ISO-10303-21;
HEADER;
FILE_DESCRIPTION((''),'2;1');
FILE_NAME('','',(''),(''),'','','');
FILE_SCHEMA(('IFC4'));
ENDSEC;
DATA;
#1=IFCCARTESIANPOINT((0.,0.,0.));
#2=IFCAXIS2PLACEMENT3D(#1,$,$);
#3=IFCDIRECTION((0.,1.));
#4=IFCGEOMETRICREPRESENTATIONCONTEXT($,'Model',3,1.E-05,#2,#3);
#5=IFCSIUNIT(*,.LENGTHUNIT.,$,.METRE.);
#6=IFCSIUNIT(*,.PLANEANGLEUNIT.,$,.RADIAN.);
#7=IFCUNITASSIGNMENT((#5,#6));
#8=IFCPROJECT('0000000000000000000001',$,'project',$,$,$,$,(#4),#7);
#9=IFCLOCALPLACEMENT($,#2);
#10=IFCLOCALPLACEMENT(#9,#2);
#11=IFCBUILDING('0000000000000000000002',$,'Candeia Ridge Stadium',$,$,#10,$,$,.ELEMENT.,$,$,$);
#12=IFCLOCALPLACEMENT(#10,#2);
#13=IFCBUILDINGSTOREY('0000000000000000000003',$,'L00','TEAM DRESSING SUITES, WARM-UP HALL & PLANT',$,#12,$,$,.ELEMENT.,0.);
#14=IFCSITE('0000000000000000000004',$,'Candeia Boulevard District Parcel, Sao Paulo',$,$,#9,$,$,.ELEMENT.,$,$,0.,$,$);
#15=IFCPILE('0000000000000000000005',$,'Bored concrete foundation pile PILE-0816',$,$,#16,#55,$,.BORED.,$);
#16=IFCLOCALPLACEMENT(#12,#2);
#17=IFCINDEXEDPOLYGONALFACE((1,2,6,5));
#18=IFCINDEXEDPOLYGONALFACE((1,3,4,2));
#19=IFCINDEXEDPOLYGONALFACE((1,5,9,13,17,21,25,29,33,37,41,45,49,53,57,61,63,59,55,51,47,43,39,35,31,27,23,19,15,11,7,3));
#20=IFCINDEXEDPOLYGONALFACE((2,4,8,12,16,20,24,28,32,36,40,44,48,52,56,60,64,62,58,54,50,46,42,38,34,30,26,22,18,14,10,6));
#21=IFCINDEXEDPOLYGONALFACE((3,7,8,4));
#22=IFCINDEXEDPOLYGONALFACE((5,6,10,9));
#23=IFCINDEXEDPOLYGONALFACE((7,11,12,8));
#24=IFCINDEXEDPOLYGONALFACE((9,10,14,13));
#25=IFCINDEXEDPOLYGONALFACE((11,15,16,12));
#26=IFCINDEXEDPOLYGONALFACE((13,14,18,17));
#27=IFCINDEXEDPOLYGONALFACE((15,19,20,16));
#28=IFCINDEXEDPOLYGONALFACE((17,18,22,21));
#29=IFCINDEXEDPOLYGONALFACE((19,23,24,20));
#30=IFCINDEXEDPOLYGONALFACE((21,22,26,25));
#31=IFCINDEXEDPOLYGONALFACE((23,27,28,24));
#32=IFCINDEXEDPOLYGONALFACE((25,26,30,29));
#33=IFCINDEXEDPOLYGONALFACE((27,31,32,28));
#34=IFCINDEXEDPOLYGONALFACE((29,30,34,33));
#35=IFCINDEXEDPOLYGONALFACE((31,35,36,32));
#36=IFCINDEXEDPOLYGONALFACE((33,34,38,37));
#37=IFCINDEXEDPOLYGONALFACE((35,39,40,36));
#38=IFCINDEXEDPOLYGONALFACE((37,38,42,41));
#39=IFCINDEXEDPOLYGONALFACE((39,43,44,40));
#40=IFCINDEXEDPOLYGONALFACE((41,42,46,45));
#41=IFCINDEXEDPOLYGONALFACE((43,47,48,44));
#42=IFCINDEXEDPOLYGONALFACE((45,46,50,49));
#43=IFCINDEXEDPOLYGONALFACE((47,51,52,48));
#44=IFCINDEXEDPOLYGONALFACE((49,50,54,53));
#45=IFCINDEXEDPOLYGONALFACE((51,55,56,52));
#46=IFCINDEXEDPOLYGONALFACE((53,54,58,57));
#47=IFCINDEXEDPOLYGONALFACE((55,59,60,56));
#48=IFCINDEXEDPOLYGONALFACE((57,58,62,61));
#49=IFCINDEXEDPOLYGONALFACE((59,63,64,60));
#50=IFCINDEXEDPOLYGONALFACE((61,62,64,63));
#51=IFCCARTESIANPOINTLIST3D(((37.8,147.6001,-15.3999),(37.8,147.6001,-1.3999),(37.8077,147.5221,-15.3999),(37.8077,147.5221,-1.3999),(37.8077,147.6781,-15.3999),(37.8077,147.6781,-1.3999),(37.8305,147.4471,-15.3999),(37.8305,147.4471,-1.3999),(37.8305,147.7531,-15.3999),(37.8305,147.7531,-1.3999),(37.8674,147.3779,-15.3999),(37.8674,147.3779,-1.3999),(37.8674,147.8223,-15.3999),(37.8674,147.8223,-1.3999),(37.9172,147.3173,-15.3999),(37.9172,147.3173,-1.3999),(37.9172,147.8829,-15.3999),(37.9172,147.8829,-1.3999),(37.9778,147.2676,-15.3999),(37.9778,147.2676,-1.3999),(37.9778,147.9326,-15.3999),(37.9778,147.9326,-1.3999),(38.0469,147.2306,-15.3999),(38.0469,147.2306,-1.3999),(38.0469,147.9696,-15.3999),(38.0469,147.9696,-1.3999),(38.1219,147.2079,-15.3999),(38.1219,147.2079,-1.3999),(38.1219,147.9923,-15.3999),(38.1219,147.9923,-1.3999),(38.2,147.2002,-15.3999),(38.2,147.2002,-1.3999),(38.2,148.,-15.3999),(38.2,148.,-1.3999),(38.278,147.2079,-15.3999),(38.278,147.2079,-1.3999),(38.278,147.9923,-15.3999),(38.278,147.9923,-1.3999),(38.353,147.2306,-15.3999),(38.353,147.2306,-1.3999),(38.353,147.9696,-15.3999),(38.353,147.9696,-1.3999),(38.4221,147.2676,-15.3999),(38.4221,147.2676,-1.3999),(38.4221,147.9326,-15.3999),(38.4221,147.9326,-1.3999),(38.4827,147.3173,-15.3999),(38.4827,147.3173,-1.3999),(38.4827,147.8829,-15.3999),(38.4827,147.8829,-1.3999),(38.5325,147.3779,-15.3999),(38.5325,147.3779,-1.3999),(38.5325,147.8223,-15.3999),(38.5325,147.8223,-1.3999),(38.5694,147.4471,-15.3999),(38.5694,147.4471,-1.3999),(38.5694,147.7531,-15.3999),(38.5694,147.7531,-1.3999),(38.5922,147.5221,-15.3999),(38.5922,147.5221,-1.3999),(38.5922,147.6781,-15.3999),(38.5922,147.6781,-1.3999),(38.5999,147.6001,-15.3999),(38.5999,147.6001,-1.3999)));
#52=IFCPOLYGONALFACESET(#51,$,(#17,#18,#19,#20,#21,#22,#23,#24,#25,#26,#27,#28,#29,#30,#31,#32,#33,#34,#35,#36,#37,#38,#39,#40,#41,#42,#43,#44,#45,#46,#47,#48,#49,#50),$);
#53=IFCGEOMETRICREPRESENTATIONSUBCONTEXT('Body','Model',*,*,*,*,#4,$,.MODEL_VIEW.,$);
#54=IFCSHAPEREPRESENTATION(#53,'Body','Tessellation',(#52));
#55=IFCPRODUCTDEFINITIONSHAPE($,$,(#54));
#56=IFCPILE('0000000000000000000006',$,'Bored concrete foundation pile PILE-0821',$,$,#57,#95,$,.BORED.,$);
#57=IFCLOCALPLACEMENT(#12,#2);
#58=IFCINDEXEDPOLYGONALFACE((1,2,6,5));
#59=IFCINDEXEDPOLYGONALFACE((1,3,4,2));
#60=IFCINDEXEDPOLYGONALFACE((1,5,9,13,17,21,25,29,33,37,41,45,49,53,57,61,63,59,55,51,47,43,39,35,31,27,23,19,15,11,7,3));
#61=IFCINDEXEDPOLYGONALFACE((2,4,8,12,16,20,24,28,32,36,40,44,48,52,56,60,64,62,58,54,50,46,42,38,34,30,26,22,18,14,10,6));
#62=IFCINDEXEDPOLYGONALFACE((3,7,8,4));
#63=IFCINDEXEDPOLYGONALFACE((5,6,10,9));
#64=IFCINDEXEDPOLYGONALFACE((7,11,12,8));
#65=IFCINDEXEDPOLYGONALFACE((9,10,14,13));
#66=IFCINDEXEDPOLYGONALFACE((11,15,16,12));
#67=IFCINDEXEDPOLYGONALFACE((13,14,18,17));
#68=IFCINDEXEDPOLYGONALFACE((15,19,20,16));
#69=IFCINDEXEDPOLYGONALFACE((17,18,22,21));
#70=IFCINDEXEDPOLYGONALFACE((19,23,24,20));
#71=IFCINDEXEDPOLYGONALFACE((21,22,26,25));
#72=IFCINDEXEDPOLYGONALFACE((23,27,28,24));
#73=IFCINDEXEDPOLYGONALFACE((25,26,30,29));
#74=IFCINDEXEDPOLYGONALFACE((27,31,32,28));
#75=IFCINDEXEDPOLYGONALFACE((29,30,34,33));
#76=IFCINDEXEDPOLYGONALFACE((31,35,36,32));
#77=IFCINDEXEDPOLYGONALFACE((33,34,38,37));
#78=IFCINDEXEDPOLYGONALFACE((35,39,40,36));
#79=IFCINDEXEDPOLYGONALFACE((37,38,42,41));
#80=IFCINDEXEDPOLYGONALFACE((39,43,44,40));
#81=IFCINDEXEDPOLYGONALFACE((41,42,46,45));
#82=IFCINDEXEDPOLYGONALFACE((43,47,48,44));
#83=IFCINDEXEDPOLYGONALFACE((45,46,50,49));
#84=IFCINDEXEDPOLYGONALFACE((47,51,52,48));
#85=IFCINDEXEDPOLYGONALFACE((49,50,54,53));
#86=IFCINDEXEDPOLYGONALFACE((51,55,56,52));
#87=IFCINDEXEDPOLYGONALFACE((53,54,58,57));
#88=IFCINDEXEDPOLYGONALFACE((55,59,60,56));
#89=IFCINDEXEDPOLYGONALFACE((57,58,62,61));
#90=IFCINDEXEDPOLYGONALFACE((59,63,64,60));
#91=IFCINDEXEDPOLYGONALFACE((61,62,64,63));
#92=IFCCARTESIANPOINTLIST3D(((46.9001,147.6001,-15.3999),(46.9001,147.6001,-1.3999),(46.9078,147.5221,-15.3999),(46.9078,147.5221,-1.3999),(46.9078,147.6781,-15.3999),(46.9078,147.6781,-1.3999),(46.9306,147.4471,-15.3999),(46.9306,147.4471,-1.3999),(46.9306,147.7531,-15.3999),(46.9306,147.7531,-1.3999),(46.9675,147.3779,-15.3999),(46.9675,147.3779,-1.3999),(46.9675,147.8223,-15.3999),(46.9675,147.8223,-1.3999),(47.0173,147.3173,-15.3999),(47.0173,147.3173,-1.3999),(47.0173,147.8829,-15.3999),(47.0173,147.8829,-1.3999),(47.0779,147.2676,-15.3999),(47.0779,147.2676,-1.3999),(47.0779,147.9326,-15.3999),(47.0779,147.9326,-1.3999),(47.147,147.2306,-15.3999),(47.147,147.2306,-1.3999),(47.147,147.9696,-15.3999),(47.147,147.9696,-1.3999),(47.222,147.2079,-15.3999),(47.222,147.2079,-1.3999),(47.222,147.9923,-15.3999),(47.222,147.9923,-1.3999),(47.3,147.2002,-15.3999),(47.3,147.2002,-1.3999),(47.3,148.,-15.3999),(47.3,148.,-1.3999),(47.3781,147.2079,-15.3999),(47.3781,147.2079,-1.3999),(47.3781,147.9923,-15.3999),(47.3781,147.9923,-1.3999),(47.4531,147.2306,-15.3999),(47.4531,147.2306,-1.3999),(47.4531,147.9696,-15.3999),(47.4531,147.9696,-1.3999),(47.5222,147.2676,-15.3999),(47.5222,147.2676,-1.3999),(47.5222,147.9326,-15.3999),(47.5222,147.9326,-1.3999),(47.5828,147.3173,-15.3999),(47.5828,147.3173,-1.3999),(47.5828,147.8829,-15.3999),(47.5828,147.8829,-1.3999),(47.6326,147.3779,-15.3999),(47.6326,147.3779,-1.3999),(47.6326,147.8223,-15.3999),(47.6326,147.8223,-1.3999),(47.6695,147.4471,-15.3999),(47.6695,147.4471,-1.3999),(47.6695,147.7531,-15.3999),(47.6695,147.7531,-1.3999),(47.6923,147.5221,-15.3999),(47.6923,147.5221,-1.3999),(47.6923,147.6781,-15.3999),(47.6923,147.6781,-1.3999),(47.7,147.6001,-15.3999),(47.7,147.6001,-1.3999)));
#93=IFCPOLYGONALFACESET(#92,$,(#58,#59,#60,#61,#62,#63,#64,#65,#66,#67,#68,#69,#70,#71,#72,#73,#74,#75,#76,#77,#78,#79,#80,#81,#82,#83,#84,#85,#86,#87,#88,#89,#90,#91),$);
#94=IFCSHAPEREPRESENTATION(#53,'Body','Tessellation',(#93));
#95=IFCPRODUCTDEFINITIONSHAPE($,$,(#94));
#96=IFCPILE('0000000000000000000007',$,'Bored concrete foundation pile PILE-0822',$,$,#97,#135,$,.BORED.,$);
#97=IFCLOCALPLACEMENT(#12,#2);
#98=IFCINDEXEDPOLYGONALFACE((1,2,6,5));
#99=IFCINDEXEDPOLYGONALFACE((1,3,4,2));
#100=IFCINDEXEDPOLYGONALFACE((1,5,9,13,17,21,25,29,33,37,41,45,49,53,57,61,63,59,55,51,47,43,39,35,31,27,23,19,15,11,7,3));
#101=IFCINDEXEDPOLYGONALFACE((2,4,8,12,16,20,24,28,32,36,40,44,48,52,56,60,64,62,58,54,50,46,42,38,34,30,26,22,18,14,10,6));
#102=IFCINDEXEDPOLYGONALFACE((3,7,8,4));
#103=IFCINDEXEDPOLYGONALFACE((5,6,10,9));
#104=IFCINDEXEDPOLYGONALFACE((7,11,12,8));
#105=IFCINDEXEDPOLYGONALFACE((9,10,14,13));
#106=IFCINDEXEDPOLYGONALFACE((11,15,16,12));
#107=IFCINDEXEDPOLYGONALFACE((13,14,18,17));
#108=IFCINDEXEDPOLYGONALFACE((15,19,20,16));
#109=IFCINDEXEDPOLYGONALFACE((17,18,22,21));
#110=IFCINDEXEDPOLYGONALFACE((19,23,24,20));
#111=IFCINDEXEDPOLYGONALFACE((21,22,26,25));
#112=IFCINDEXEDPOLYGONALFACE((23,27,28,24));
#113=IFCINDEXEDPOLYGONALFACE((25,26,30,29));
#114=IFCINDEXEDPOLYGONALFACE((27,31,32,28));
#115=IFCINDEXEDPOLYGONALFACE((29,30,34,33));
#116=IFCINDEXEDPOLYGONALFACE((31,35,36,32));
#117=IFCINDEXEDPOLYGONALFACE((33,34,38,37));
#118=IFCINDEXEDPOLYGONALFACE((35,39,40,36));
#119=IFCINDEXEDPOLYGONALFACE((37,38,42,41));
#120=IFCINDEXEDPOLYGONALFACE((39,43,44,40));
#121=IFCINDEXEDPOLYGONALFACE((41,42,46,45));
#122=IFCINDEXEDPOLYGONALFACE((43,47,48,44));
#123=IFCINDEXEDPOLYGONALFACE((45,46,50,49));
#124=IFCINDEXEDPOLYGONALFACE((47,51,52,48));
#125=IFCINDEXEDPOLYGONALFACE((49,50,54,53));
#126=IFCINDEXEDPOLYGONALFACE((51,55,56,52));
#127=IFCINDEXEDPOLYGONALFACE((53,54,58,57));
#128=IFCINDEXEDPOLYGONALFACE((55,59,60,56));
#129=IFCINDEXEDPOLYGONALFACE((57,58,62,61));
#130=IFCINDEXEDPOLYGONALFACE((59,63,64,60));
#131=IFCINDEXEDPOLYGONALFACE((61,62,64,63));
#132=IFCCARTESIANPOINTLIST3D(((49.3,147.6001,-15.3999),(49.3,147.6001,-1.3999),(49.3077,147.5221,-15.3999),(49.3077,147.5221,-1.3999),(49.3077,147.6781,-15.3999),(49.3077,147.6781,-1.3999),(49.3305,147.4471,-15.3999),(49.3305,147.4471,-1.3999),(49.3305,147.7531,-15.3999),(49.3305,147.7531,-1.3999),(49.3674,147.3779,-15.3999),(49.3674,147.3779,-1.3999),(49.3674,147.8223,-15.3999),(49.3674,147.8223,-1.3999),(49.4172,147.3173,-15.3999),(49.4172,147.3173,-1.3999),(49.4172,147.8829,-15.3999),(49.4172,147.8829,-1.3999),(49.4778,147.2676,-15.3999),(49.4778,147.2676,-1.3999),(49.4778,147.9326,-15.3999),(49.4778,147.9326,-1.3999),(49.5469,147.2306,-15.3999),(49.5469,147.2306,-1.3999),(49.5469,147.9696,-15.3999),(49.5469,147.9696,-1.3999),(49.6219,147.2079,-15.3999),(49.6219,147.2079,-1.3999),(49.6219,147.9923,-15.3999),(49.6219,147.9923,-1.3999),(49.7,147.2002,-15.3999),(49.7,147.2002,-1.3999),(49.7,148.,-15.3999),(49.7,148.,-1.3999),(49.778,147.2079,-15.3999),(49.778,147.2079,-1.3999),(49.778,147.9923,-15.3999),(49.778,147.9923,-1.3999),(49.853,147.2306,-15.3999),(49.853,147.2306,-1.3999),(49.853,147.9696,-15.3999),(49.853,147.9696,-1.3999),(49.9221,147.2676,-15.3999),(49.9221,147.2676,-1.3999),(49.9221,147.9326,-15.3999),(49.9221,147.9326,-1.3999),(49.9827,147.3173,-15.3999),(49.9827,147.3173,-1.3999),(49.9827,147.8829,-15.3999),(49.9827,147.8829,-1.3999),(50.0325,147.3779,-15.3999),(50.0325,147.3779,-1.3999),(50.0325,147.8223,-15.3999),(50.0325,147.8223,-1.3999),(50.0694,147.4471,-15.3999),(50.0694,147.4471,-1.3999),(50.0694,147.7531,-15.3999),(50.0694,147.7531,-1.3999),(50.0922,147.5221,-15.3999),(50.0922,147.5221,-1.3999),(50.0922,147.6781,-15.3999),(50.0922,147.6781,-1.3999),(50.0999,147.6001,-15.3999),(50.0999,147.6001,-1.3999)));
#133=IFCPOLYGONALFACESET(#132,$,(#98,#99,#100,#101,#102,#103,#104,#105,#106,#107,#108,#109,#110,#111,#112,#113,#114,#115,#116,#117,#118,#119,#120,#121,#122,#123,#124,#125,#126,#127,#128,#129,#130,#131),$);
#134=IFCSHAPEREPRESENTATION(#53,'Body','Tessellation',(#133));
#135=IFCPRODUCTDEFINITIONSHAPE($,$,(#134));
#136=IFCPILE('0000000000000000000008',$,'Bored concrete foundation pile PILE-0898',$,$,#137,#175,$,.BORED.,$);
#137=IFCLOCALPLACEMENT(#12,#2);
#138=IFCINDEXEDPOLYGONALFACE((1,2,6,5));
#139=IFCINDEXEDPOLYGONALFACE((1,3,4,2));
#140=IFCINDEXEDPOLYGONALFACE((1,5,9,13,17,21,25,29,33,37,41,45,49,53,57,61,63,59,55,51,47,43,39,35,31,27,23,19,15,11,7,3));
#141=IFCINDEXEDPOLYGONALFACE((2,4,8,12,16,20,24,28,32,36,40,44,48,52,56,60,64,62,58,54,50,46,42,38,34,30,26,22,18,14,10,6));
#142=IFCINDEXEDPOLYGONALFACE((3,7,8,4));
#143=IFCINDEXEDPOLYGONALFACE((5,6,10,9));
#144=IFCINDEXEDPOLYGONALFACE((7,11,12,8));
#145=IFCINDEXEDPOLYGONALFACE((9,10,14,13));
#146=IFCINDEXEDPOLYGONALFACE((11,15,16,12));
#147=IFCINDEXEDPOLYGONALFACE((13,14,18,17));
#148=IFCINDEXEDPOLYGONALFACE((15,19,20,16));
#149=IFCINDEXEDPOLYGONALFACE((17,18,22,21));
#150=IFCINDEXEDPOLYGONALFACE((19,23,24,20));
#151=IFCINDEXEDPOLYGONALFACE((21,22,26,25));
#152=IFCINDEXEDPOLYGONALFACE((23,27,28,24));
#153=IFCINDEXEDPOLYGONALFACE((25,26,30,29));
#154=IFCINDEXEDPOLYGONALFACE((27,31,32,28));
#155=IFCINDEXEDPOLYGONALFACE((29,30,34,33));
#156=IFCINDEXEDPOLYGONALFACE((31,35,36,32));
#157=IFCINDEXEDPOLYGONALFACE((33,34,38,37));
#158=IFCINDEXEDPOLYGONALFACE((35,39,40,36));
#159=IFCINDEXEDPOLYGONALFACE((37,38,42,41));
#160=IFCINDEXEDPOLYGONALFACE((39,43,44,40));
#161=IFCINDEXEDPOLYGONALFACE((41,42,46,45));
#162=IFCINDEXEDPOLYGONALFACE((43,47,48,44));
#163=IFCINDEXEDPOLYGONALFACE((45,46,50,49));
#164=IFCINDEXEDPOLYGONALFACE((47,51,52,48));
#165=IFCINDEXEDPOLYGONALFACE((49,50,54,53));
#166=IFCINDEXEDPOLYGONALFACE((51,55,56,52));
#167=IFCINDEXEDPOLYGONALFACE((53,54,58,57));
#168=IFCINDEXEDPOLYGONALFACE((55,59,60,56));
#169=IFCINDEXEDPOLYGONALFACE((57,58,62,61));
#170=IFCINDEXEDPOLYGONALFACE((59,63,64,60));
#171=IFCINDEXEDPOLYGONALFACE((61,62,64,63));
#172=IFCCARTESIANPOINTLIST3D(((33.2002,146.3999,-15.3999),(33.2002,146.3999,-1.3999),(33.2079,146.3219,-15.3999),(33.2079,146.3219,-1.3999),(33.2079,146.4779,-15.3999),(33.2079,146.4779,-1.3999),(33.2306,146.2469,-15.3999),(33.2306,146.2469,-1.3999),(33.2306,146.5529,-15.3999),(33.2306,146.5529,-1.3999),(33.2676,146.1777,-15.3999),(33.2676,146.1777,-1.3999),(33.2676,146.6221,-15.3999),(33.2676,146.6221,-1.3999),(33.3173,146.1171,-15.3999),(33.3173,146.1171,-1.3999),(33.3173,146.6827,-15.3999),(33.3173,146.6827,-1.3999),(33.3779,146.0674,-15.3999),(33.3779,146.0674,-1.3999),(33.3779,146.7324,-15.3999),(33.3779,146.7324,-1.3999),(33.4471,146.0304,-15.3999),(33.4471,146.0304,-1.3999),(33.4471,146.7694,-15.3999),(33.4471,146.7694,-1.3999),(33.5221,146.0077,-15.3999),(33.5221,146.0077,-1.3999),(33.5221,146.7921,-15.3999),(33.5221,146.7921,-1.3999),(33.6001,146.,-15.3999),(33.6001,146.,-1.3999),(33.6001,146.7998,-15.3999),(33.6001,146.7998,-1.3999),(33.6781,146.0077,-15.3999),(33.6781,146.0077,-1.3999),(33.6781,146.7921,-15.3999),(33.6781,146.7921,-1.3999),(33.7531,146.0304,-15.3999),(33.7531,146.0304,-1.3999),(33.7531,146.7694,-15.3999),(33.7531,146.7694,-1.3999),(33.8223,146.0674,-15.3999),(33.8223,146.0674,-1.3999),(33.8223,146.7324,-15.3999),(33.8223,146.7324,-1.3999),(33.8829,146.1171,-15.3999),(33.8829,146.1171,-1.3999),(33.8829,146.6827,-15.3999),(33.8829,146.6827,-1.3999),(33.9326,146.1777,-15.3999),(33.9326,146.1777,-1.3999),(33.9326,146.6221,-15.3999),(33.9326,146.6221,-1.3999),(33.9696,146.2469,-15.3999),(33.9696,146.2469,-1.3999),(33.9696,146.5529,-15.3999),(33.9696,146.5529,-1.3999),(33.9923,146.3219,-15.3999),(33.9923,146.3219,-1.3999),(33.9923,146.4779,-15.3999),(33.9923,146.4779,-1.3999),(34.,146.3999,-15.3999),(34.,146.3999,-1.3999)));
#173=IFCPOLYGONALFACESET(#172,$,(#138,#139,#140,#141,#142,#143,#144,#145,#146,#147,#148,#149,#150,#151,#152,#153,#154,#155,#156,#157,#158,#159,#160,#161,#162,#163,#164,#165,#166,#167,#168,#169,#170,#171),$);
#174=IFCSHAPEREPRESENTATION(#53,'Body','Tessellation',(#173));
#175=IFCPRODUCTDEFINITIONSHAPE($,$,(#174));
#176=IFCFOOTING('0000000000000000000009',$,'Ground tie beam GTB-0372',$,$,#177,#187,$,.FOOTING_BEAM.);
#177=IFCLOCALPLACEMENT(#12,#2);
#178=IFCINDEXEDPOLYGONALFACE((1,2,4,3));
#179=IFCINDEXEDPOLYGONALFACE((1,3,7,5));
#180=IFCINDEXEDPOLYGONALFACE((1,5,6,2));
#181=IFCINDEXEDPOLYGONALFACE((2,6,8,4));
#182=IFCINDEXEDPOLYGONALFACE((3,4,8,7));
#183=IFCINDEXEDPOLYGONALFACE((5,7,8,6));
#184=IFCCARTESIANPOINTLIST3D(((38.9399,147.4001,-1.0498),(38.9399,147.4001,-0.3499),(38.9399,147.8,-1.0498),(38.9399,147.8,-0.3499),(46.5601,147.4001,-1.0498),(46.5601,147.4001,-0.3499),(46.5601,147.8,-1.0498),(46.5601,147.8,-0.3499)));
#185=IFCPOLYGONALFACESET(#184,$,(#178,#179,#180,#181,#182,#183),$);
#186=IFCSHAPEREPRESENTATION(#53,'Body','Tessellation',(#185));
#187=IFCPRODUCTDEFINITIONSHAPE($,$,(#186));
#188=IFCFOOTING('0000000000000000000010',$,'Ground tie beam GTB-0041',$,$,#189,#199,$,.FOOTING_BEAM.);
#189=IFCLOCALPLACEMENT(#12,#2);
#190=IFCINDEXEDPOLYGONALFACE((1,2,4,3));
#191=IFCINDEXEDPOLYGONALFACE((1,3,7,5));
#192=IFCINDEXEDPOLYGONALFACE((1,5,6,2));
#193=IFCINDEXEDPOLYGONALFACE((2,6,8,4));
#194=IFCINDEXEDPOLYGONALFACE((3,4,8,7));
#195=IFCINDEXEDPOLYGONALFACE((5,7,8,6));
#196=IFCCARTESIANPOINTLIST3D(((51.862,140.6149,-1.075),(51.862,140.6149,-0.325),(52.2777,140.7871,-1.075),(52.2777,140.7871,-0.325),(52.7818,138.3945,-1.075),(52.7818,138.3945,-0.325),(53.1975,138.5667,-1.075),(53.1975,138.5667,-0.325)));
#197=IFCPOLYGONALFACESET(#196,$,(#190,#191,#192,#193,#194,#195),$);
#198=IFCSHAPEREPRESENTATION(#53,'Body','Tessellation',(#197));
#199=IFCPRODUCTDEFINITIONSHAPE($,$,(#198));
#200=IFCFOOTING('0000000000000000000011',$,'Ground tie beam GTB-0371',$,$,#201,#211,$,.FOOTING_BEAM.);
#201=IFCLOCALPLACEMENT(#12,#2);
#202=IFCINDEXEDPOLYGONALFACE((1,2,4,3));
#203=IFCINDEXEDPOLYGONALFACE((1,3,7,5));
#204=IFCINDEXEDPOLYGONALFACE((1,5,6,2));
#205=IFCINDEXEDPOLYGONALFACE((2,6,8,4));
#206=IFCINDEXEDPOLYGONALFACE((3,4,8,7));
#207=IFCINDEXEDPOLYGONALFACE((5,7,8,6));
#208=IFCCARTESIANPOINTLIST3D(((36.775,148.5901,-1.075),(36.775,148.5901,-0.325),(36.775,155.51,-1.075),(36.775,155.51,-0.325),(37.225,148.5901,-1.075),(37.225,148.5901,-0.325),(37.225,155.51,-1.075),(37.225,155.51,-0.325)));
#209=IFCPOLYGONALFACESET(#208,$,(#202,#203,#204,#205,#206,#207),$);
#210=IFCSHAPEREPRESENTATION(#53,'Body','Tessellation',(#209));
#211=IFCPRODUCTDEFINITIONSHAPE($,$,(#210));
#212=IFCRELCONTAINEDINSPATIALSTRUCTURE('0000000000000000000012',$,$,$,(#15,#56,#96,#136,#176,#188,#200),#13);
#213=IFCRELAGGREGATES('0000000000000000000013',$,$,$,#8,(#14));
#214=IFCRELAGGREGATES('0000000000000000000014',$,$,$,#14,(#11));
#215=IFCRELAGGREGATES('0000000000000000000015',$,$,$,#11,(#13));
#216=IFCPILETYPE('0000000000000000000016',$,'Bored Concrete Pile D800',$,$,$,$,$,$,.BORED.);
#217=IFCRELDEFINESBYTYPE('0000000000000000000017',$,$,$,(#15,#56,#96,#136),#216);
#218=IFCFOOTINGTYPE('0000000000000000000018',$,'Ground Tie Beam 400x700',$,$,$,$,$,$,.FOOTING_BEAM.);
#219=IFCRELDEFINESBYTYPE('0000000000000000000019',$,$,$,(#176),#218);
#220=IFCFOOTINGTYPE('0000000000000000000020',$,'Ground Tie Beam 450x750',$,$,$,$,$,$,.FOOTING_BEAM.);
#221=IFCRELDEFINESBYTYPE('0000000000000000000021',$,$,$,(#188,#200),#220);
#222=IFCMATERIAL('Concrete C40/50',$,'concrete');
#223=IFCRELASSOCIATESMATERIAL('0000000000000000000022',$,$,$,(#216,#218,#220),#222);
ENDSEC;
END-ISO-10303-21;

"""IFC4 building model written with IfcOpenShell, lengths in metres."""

from ifc_helpers import new_model, si_unit, direction, frame, origin, origin_2d, place, context, subcontext, project, spatial, rectangle, circle, extrude, material, material_profile, profile_set, type_object, element, save


model = new_model("IFC4")

# Units and contexts
model_context = context("Model", 3, precision=1e-05, world=origin(), true_north=direction((0.0, 1.0)))
body_context = subcontext(model_context, "Body", "Model", "MODEL_VIEW")
ifc_project = project(units=[si_unit("LENGTHUNIT", "METRE"), si_unit("PLANEANGLEUNIT", "RADIAN")], contexts=[model_context])

# Site, building, storey
site_placement = place(None, origin())
site = spatial("IfcSite", under=ifc_project, at=site_placement, Name="Candeia Boulevard District Parcel, Sao Paulo", CompositionType="ELEMENT", RefElevation=0.0)
building_placement = place(site_placement, origin())
building = spatial("IfcBuilding", under=site, at=building_placement, Name="Candeia Ridge Stadium", CompositionType="ELEMENT")
storey_placement = place(building_placement, origin())
storey = spatial("IfcBuildingStorey", under=building, at=storey_placement, Name="L00", Description="TEAM DRESSING SUITES, WARM-UP HALL & PLANT", CompositionType="ELEMENT", Elevation=0.0)

# Piles
ifc_material_1 = material(Name="Concrete C40/50", Category="concrete")
ifc_material_profile_1 = material_profile(ifc_material_1, circle(Radius=0.3999, at=origin_2d()), Name="PILE-D800", Category="concrete")
ifc_profile_set_1 = profile_set([ifc_material_profile_1], Name="Concrete C40/50")
pile_type_1 = type_object("IfcPileType", Name="Bored Concrete Pile D800", PredefinedType="BORED", material=ifc_profile_set_1)
for number, where, z_axis, x_axis, name in (
    (1, (38.2, 147.6001, -1.3999), (0.0, 0.0, -1.0), (1.0, 0.0, 0.0), "Bored concrete foundation pile PILE-0816"),
    (2, (47.3, 147.6001, -1.3999), (0.0, 0.0, -1.0), (1.0, 0.0, 0.0), "Bored concrete foundation pile PILE-0821"),
    (3, (49.7, 147.6001, -1.3999), (0.0, 0.0, -1.0), (1.0, 0.0, 0.0), "Bored concrete foundation pile PILE-0822"),
    (4, (33.6001, 146.3999, -1.3999), (0.0, 0.0, -1.0), (1.0, 0.0, 0.0), "Bored concrete foundation pile PILE-0898"),
):
    element("IfcPile", number, at=place(storey_placement, frame(where, z_axis=z_axis, x_axis=x_axis)), inside=storey, type_object=pile_type_1, Name=name, PredefinedType="BORED", context=body_context, shape_type="SweptSolid", body=[
        extrude(circle(Radius=0.3999, at=origin_2d()), origin(), (0.0, 0.0, 1.0), 14.0),
    ])

# Footings
footing_type_1 = type_object("IfcFootingType", Name="Ground Tie Beam 400x700", PredefinedType="FOOTING_BEAM", material=ifc_material_1)
footing_1_placement = place(storey_placement, frame((42.75, 147.6001, -1.0498), z_axis=(0.0, 0.0, 1.0), x_axis=(1.0, 0.0, 0.0)))
element("IfcFooting", 5, at=footing_1_placement, inside=storey, type_object=footing_type_1, Name="Ground tie beam GTB-0372", PredefinedType="FOOTING_BEAM", context=body_context, shape_type="SweptSolid", body=[
    extrude(rectangle(XDim=7.6201, YDim=0.3999, at=origin_2d()), origin(), (0.0, 0.0, 1.0), 0.7),
])
footing_type_2 = type_object("IfcFootingType", Name="Ground Tie Beam 450x750", PredefinedType="FOOTING_BEAM", material=ifc_material_1)
footing_2_placement = place(storey_placement, frame((52.5298, 139.5908, -1.075), z_axis=(0.0, 0.0, 1.0), x_axis=(-0.382712, 0.923868, 0.0)))
element("IfcFooting", 6, at=footing_2_placement, inside=storey, type_object=footing_type_2, Name="Ground tie beam GTB-0041", PredefinedType="FOOTING_BEAM", context=body_context, shape_type="SweptSolid", body=[
    extrude(rectangle(XDim=2.4033, YDim=0.45, at=origin_2d()), origin(), (0.0, 0.0, 1.0), 0.75),
])
footing_3_placement = place(storey_placement, frame((37.0, 152.05, -1.075), z_axis=(0.0, 0.0, 1.0), x_axis=(0.0, 1.0, 0.0)))
element("IfcFooting", 7, at=footing_3_placement, inside=storey, type_object=footing_type_2, Name="Ground tie beam GTB-0371", PredefinedType="FOOTING_BEAM", context=body_context, shape_type="SweptSolid", body=[
    extrude(rectangle(XDim=6.9199, YDim=0.45, at=origin_2d()), origin(), (0.0, 0.0, 1.0), 0.75),
])

save(model, "model.ifc")
